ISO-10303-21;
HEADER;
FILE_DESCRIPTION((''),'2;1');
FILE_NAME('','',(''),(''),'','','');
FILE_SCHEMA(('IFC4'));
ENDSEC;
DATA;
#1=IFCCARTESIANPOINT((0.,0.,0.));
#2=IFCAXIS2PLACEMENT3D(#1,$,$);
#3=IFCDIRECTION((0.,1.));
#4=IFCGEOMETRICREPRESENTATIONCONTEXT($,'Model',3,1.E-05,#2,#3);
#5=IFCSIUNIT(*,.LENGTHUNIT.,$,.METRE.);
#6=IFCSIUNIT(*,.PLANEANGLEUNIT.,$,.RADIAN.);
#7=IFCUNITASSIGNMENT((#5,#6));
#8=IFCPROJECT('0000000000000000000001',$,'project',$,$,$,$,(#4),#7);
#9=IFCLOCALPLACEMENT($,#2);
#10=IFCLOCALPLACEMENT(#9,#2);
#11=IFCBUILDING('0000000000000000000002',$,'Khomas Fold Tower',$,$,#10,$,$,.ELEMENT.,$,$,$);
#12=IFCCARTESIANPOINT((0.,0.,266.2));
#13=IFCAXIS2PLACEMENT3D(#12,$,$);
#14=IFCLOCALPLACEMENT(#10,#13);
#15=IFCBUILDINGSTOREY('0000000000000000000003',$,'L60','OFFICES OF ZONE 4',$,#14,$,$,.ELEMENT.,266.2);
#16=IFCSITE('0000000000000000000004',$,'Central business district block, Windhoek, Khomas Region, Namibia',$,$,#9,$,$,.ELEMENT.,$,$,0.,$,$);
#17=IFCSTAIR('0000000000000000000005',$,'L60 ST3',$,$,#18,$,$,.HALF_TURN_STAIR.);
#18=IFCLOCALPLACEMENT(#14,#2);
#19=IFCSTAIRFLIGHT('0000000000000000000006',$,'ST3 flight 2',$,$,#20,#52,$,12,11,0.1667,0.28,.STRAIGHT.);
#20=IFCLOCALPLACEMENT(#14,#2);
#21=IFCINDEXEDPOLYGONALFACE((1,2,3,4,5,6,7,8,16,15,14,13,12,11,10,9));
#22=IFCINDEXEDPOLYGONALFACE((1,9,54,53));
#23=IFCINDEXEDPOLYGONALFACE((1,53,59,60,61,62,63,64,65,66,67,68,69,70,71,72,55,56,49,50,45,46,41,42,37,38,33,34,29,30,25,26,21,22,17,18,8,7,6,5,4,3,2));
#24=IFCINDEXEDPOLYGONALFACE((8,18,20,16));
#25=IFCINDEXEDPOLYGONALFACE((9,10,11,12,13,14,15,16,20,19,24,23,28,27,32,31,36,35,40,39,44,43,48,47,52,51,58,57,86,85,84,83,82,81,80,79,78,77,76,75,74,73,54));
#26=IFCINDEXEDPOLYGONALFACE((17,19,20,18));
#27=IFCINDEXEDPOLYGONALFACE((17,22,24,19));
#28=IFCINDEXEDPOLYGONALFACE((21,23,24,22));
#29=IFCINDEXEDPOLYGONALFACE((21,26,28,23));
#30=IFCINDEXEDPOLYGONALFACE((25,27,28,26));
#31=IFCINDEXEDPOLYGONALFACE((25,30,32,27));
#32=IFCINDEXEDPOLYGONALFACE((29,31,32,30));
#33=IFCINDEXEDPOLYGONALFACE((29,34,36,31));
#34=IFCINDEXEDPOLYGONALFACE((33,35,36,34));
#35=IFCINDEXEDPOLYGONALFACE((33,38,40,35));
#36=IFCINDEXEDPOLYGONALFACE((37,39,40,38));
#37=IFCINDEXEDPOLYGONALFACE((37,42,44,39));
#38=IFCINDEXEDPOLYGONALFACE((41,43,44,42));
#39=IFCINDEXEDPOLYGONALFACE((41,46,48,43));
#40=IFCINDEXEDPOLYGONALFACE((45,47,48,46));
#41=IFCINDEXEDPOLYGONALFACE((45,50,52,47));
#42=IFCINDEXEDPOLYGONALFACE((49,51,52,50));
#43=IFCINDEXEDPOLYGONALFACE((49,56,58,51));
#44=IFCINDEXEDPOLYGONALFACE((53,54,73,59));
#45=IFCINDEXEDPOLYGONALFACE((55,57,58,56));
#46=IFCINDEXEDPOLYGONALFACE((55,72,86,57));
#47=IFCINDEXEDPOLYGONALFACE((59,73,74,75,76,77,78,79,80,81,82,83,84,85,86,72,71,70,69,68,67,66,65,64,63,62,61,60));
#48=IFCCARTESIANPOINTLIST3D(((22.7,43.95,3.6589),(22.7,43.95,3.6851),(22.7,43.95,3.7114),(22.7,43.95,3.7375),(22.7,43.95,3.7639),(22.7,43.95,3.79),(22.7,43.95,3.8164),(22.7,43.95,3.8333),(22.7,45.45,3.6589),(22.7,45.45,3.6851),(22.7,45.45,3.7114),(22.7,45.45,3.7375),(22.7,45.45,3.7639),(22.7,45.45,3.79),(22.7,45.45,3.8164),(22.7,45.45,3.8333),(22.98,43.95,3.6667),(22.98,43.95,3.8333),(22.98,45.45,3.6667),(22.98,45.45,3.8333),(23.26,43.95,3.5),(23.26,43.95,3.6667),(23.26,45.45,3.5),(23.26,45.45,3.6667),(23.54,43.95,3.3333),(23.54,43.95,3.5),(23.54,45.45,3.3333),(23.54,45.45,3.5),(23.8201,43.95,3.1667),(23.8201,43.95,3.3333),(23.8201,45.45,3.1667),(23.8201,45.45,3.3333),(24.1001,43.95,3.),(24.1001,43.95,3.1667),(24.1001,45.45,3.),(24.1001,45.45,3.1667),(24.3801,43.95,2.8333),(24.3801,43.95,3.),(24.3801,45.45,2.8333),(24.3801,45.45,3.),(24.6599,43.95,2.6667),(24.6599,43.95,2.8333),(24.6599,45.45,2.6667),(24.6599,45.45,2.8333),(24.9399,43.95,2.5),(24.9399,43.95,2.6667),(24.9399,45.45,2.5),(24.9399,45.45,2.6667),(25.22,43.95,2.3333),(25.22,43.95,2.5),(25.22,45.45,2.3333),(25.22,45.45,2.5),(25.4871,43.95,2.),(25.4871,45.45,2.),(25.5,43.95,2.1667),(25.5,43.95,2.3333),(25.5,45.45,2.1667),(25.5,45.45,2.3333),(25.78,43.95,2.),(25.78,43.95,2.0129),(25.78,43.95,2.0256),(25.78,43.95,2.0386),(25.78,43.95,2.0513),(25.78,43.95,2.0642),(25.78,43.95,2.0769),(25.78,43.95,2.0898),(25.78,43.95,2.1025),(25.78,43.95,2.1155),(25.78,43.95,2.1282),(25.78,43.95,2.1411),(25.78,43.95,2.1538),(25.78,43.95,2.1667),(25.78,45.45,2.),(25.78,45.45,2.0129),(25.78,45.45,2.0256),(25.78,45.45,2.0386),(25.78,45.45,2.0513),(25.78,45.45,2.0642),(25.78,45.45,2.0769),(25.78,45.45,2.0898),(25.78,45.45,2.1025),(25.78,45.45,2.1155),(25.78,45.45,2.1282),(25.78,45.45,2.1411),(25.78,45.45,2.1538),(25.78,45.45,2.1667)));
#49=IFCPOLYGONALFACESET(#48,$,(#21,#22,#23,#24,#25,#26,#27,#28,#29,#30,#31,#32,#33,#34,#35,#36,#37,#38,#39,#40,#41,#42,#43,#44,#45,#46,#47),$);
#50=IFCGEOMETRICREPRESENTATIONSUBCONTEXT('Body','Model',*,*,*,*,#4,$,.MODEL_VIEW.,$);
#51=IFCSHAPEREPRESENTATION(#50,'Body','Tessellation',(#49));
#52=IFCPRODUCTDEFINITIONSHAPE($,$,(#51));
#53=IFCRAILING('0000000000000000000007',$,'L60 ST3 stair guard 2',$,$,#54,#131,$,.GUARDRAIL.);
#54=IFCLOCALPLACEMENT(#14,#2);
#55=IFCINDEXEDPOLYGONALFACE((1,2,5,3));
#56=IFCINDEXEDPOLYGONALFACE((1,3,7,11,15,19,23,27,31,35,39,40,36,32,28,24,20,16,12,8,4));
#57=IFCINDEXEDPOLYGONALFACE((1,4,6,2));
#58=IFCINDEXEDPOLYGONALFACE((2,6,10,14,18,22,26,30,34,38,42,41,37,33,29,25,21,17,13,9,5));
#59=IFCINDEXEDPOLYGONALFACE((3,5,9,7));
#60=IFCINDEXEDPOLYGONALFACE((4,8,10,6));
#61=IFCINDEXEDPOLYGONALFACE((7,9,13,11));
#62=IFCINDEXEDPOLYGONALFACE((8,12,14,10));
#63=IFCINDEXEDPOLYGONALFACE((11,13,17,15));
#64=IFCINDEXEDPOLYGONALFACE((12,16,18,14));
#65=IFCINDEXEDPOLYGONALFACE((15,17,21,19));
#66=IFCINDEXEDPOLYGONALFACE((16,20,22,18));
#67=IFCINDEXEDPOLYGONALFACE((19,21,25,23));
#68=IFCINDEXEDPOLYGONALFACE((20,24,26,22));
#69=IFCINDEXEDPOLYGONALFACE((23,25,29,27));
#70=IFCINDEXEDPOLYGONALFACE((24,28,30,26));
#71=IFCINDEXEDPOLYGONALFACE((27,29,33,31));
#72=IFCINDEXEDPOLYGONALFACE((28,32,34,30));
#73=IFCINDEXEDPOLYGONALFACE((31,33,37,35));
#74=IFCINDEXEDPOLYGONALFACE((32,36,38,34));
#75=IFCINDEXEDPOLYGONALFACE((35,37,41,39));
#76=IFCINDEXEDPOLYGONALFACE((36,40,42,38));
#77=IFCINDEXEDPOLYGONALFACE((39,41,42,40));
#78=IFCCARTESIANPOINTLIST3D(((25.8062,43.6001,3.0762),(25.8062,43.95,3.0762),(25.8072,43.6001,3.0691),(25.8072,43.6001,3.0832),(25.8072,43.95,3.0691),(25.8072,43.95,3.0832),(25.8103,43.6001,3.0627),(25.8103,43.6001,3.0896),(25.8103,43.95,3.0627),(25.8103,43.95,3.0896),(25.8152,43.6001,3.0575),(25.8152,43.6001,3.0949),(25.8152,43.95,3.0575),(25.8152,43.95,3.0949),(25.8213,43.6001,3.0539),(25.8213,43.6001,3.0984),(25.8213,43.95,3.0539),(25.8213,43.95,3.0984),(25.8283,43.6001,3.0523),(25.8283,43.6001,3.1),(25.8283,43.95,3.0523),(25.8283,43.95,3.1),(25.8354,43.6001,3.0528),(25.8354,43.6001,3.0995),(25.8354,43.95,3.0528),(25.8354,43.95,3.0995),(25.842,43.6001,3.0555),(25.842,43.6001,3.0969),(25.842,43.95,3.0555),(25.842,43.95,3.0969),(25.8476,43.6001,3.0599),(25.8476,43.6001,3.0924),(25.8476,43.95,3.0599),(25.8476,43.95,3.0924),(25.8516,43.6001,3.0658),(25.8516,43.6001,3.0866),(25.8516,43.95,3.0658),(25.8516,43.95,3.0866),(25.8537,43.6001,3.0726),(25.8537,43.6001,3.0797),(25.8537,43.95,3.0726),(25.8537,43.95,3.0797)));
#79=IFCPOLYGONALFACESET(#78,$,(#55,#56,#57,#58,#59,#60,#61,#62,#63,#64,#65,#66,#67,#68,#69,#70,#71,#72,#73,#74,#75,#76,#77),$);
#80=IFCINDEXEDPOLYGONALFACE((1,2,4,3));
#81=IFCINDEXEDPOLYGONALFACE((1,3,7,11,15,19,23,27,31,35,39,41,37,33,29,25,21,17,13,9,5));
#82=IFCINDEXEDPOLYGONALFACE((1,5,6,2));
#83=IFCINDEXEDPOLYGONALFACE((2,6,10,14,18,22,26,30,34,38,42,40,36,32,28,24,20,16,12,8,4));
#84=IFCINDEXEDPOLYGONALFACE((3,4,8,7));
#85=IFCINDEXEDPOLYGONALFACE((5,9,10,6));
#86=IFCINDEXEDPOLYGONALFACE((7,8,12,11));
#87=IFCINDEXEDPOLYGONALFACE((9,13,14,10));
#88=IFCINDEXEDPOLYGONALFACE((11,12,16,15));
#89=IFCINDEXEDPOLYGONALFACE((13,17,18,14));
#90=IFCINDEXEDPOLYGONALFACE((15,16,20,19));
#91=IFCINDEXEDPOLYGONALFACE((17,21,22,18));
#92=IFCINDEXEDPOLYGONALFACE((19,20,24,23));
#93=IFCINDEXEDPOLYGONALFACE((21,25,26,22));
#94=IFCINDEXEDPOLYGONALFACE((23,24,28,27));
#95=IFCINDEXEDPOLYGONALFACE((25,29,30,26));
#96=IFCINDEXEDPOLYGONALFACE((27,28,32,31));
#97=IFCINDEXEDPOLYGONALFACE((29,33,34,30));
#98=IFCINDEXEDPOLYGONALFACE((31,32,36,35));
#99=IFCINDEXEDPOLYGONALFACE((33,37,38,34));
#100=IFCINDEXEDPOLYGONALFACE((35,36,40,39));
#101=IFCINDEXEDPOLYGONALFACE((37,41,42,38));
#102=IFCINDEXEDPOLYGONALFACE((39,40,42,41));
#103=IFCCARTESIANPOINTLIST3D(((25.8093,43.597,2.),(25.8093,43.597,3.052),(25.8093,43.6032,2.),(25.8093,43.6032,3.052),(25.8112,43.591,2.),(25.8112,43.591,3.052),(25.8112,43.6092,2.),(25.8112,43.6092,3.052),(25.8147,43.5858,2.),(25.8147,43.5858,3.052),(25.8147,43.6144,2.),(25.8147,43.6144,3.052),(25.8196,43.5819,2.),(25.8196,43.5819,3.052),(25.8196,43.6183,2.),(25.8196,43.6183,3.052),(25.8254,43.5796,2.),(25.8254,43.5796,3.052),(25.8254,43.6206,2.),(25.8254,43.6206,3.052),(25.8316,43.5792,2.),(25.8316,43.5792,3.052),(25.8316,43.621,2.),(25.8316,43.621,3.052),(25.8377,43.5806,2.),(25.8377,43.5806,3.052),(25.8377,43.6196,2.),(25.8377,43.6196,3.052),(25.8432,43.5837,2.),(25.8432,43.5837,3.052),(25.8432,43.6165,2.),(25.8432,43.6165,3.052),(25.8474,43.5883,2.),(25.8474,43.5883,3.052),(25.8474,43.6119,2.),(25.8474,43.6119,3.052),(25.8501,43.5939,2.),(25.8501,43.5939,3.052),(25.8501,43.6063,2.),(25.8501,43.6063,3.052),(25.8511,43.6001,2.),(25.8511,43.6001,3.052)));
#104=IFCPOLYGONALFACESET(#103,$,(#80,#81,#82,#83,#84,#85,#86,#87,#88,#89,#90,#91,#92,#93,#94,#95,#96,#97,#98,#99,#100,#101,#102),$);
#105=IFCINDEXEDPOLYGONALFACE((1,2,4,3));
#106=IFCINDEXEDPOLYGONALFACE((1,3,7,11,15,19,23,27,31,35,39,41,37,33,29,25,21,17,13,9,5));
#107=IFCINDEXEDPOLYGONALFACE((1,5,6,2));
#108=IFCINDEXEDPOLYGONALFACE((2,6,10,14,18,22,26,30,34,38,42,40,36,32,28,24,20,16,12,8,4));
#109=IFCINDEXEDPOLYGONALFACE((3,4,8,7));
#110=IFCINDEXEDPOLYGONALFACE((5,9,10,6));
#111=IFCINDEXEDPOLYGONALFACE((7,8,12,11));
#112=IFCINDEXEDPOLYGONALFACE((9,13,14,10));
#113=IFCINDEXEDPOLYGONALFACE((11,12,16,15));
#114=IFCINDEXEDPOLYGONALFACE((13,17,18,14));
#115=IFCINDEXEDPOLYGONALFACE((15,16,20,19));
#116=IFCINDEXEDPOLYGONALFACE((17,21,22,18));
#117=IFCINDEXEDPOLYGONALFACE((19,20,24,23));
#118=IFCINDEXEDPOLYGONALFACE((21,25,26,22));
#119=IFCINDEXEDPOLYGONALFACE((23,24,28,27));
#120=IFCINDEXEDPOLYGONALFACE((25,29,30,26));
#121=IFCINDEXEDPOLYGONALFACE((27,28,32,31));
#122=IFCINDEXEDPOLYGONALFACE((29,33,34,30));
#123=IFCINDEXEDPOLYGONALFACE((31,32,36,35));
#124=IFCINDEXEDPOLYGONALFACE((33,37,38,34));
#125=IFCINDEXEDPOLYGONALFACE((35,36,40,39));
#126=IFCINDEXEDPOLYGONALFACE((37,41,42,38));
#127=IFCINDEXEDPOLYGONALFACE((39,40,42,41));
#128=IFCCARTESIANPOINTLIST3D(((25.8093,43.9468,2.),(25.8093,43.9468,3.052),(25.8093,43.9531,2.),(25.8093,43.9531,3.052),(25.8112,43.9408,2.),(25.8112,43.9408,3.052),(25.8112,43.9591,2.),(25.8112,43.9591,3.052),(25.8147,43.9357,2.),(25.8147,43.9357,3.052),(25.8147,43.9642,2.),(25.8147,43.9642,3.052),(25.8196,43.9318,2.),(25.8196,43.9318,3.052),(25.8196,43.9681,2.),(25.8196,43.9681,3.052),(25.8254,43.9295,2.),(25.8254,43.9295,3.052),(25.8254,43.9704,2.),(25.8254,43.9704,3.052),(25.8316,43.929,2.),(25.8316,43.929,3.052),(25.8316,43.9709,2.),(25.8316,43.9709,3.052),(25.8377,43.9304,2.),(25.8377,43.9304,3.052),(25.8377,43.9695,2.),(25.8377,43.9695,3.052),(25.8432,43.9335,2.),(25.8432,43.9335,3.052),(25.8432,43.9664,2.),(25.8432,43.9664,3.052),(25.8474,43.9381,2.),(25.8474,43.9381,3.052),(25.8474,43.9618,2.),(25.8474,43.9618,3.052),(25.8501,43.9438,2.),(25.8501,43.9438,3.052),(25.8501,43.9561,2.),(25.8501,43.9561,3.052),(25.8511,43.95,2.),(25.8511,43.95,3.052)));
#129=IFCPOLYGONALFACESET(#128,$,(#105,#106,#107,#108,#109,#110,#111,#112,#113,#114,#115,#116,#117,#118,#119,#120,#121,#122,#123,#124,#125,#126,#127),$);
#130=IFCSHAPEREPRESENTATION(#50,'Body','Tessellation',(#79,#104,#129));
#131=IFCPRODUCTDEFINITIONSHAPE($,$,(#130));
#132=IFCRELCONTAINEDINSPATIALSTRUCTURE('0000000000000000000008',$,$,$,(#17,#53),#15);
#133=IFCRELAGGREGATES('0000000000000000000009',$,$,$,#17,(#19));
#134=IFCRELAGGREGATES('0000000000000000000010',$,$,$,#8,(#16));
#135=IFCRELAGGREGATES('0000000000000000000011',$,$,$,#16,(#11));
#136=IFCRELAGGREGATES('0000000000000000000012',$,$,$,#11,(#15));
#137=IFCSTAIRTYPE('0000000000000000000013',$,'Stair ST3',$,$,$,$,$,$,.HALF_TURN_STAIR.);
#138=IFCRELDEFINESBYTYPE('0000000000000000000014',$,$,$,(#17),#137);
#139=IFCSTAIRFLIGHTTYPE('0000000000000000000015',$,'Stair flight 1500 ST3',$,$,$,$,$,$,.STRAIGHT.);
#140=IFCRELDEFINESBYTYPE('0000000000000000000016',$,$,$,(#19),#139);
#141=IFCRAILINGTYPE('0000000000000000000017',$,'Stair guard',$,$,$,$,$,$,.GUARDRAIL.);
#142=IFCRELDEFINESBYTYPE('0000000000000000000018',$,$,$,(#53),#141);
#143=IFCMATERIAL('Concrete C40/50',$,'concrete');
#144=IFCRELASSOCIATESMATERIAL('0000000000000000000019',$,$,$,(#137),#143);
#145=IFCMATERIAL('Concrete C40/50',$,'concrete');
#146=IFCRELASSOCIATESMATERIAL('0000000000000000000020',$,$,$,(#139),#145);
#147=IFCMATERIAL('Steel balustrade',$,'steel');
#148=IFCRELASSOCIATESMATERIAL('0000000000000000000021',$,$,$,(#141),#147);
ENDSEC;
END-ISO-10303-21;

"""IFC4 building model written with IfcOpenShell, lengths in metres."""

from ifc_helpers import new_model, si_unit, direction, frame, origin, origin_2d, place, context, subcontext, project, spatial, polyline, circle, outline, extrude, source, transform, mapped, material, type_object, element, aggregate, save


model = new_model("IFC4")

# Units and contexts
model_context = context("Model", 3, precision=1e-05, world=origin(), true_north=direction((0.0, 1.0)))
body_context = subcontext(model_context, "Body", "Model", "MODEL_VIEW")
ifc_project = project(units=[si_unit("LENGTHUNIT", "METRE"), si_unit("PLANEANGLEUNIT", "RADIAN")], contexts=[model_context])

# Site, building, storey
site_placement = place(None, origin())
site = spatial("IfcSite", under=ifc_project, at=site_placement, Name="Central business district block, Windhoek, Khomas Region, Namibia", CompositionType="ELEMENT", RefElevation=0.0)
building_placement = place(site_placement, origin())
building = spatial("IfcBuilding", under=site, at=building_placement, Name="Khomas Fold Tower", CompositionType="ELEMENT")
storey_placement = place(building_placement, frame((0.0, 0.0, 266.2)))
storey = spatial("IfcBuildingStorey", under=building, at=storey_placement, Name="L60", Description="OFFICES OF ZONE 4", CompositionType="ELEMENT", Elevation=266.2)

# Stair, stair flight
ifc_material_1 = material(Name="Concrete C40/50", Category="concrete")
stair_type = type_object("IfcStairType", Name="Stair ST3", PredefinedType="HALF_TURN_STAIR", material=ifc_material_1)
stair_placement = place(storey_placement, origin())
stair = element("IfcStair", 1, at=stair_placement, inside=storey, type_object=stair_type, Name="L60 ST3", PredefinedType="HALF_TURN_STAIR")
ifc_material_2 = material(Name="Concrete C40/50", Category="concrete")
stair_flight_type = type_object("IfcStairFlightType", Name="Stair flight 1500 ST3", PredefinedType="STRAIGHT", material=ifc_material_2)
shared_shape_1 = source(origin(), body_context, "Body", "SweptSolid", [
    extrude(outline(polyline([(0.0, 0.0), (0.0, 0.0129), (0.0, 0.0256), (0.0, 0.0386), (0.0, 0.0513), (0.0, 0.0642), (0.0, 0.0769), (0.0, 0.0898), (0.0, 0.1025), (0.0, 0.1155), (0.0, 0.1282), (0.0, 0.1411), (0.0, 0.1538), (0.0, 0.1667), (0.28, 0.1667), (0.28, 0.3333), (0.5601, 0.3333), (0.5601, 0.5), (0.8401, 0.5), (0.8401, 0.6667), (1.1201, 0.6667), (1.1201, 0.8333), (1.3999, 0.8333), (1.3999, 1.0), (1.6799, 1.0), (1.6799, 1.1667), (1.96, 1.1667), (1.96, 1.3333), (2.24, 1.3333), (2.24, 1.5), (2.52, 1.5), (2.52, 1.6667), (2.8, 1.6667), (2.8, 1.8333), (3.0801, 1.8333), (3.0801, 2.0), (3.0801, 1.9739), (3.0801, 1.9475), (3.0801, 1.9214), (3.0801, 1.895), (3.0801, 1.8689), (3.0801, 1.8425), (3.0801, 1.8164), (3.0801, 1.79), (3.0801, 1.7639), (3.0801, 1.7375), (3.0801, 1.7114), (3.0801, 1.6851), (3.0801, 1.6589), (0.293, 0.0), (0.0, 0.0)])), frame((0.0, 0.75, 0.0), z_axis=(0.0, -1.0, 0.0), x_axis=(1.0, 0.0, 0.0)), (0.0, 0.0, 1.0), 1.5),
])
stair_flight_1_placement = place(storey_placement, frame((25.78, 44.7, 2.0), z_axis=(0.0, 0.0, 1.0), x_axis=(-1.0, 0.0, 0.0)))
stair_flight_1 = element("IfcStairFlight", 2, at=stair_flight_1_placement, type_object=stair_flight_type, Name="ST3 flight 2", NumberOfRisers=12, NumberOfTreads=11, PredefinedType="STRAIGHT", RiserHeight=0.1667, TreadLength=0.28, context=body_context, shape_type="MappedRepresentation", body=[
    mapped(shared_shape_1, transform((0.0, 0.0, 0.0))),
])
aggregate(stair, [stair_flight_1])

# Railing
ifc_material_3 = material(Name="Steel balustrade", Category="steel")
railing_type_1 = type_object("IfcRailingType", Name="Stair guard", PredefinedType="GUARDRAIL", material=ifc_material_3)
shared_shape_2 = source(origin(), body_context, "Body", "SweptSolid", [
    extrude(circle(Radius=0.0239, at=origin_2d()), frame((0.0, 0.0, 1.0762), z_axis=(0.0, 1.0, 0.0), x_axis=(-1.0, 0.0, 0.0)), (0.0, 0.0, 1.0), 0.3499),
    extrude(circle(Radius=0.021, at=origin_2d()), origin(), (0.0, 0.0, 1.0), 1.052),
    extrude(circle(Radius=0.021, at=origin_2d()), frame((0.0, 0.3499, 0.0)), (0.0, 0.0, 1.0), 1.052),
])
for number, where, name in (
    (3, (25.8301, 43.6001, 2.0), "L60 ST3 stair guard 2"),
):
    element("IfcRailing", number, at=place(storey_placement, frame(where)), inside=storey, type_object=railing_type_1, Name=name, PredefinedType="GUARDRAIL", context=body_context, shape_type="MappedRepresentation", body=[
        mapped(shared_shape_2, transform((0.0, 0.0, 0.0))),
    ])

save(model, "model.ifc")
